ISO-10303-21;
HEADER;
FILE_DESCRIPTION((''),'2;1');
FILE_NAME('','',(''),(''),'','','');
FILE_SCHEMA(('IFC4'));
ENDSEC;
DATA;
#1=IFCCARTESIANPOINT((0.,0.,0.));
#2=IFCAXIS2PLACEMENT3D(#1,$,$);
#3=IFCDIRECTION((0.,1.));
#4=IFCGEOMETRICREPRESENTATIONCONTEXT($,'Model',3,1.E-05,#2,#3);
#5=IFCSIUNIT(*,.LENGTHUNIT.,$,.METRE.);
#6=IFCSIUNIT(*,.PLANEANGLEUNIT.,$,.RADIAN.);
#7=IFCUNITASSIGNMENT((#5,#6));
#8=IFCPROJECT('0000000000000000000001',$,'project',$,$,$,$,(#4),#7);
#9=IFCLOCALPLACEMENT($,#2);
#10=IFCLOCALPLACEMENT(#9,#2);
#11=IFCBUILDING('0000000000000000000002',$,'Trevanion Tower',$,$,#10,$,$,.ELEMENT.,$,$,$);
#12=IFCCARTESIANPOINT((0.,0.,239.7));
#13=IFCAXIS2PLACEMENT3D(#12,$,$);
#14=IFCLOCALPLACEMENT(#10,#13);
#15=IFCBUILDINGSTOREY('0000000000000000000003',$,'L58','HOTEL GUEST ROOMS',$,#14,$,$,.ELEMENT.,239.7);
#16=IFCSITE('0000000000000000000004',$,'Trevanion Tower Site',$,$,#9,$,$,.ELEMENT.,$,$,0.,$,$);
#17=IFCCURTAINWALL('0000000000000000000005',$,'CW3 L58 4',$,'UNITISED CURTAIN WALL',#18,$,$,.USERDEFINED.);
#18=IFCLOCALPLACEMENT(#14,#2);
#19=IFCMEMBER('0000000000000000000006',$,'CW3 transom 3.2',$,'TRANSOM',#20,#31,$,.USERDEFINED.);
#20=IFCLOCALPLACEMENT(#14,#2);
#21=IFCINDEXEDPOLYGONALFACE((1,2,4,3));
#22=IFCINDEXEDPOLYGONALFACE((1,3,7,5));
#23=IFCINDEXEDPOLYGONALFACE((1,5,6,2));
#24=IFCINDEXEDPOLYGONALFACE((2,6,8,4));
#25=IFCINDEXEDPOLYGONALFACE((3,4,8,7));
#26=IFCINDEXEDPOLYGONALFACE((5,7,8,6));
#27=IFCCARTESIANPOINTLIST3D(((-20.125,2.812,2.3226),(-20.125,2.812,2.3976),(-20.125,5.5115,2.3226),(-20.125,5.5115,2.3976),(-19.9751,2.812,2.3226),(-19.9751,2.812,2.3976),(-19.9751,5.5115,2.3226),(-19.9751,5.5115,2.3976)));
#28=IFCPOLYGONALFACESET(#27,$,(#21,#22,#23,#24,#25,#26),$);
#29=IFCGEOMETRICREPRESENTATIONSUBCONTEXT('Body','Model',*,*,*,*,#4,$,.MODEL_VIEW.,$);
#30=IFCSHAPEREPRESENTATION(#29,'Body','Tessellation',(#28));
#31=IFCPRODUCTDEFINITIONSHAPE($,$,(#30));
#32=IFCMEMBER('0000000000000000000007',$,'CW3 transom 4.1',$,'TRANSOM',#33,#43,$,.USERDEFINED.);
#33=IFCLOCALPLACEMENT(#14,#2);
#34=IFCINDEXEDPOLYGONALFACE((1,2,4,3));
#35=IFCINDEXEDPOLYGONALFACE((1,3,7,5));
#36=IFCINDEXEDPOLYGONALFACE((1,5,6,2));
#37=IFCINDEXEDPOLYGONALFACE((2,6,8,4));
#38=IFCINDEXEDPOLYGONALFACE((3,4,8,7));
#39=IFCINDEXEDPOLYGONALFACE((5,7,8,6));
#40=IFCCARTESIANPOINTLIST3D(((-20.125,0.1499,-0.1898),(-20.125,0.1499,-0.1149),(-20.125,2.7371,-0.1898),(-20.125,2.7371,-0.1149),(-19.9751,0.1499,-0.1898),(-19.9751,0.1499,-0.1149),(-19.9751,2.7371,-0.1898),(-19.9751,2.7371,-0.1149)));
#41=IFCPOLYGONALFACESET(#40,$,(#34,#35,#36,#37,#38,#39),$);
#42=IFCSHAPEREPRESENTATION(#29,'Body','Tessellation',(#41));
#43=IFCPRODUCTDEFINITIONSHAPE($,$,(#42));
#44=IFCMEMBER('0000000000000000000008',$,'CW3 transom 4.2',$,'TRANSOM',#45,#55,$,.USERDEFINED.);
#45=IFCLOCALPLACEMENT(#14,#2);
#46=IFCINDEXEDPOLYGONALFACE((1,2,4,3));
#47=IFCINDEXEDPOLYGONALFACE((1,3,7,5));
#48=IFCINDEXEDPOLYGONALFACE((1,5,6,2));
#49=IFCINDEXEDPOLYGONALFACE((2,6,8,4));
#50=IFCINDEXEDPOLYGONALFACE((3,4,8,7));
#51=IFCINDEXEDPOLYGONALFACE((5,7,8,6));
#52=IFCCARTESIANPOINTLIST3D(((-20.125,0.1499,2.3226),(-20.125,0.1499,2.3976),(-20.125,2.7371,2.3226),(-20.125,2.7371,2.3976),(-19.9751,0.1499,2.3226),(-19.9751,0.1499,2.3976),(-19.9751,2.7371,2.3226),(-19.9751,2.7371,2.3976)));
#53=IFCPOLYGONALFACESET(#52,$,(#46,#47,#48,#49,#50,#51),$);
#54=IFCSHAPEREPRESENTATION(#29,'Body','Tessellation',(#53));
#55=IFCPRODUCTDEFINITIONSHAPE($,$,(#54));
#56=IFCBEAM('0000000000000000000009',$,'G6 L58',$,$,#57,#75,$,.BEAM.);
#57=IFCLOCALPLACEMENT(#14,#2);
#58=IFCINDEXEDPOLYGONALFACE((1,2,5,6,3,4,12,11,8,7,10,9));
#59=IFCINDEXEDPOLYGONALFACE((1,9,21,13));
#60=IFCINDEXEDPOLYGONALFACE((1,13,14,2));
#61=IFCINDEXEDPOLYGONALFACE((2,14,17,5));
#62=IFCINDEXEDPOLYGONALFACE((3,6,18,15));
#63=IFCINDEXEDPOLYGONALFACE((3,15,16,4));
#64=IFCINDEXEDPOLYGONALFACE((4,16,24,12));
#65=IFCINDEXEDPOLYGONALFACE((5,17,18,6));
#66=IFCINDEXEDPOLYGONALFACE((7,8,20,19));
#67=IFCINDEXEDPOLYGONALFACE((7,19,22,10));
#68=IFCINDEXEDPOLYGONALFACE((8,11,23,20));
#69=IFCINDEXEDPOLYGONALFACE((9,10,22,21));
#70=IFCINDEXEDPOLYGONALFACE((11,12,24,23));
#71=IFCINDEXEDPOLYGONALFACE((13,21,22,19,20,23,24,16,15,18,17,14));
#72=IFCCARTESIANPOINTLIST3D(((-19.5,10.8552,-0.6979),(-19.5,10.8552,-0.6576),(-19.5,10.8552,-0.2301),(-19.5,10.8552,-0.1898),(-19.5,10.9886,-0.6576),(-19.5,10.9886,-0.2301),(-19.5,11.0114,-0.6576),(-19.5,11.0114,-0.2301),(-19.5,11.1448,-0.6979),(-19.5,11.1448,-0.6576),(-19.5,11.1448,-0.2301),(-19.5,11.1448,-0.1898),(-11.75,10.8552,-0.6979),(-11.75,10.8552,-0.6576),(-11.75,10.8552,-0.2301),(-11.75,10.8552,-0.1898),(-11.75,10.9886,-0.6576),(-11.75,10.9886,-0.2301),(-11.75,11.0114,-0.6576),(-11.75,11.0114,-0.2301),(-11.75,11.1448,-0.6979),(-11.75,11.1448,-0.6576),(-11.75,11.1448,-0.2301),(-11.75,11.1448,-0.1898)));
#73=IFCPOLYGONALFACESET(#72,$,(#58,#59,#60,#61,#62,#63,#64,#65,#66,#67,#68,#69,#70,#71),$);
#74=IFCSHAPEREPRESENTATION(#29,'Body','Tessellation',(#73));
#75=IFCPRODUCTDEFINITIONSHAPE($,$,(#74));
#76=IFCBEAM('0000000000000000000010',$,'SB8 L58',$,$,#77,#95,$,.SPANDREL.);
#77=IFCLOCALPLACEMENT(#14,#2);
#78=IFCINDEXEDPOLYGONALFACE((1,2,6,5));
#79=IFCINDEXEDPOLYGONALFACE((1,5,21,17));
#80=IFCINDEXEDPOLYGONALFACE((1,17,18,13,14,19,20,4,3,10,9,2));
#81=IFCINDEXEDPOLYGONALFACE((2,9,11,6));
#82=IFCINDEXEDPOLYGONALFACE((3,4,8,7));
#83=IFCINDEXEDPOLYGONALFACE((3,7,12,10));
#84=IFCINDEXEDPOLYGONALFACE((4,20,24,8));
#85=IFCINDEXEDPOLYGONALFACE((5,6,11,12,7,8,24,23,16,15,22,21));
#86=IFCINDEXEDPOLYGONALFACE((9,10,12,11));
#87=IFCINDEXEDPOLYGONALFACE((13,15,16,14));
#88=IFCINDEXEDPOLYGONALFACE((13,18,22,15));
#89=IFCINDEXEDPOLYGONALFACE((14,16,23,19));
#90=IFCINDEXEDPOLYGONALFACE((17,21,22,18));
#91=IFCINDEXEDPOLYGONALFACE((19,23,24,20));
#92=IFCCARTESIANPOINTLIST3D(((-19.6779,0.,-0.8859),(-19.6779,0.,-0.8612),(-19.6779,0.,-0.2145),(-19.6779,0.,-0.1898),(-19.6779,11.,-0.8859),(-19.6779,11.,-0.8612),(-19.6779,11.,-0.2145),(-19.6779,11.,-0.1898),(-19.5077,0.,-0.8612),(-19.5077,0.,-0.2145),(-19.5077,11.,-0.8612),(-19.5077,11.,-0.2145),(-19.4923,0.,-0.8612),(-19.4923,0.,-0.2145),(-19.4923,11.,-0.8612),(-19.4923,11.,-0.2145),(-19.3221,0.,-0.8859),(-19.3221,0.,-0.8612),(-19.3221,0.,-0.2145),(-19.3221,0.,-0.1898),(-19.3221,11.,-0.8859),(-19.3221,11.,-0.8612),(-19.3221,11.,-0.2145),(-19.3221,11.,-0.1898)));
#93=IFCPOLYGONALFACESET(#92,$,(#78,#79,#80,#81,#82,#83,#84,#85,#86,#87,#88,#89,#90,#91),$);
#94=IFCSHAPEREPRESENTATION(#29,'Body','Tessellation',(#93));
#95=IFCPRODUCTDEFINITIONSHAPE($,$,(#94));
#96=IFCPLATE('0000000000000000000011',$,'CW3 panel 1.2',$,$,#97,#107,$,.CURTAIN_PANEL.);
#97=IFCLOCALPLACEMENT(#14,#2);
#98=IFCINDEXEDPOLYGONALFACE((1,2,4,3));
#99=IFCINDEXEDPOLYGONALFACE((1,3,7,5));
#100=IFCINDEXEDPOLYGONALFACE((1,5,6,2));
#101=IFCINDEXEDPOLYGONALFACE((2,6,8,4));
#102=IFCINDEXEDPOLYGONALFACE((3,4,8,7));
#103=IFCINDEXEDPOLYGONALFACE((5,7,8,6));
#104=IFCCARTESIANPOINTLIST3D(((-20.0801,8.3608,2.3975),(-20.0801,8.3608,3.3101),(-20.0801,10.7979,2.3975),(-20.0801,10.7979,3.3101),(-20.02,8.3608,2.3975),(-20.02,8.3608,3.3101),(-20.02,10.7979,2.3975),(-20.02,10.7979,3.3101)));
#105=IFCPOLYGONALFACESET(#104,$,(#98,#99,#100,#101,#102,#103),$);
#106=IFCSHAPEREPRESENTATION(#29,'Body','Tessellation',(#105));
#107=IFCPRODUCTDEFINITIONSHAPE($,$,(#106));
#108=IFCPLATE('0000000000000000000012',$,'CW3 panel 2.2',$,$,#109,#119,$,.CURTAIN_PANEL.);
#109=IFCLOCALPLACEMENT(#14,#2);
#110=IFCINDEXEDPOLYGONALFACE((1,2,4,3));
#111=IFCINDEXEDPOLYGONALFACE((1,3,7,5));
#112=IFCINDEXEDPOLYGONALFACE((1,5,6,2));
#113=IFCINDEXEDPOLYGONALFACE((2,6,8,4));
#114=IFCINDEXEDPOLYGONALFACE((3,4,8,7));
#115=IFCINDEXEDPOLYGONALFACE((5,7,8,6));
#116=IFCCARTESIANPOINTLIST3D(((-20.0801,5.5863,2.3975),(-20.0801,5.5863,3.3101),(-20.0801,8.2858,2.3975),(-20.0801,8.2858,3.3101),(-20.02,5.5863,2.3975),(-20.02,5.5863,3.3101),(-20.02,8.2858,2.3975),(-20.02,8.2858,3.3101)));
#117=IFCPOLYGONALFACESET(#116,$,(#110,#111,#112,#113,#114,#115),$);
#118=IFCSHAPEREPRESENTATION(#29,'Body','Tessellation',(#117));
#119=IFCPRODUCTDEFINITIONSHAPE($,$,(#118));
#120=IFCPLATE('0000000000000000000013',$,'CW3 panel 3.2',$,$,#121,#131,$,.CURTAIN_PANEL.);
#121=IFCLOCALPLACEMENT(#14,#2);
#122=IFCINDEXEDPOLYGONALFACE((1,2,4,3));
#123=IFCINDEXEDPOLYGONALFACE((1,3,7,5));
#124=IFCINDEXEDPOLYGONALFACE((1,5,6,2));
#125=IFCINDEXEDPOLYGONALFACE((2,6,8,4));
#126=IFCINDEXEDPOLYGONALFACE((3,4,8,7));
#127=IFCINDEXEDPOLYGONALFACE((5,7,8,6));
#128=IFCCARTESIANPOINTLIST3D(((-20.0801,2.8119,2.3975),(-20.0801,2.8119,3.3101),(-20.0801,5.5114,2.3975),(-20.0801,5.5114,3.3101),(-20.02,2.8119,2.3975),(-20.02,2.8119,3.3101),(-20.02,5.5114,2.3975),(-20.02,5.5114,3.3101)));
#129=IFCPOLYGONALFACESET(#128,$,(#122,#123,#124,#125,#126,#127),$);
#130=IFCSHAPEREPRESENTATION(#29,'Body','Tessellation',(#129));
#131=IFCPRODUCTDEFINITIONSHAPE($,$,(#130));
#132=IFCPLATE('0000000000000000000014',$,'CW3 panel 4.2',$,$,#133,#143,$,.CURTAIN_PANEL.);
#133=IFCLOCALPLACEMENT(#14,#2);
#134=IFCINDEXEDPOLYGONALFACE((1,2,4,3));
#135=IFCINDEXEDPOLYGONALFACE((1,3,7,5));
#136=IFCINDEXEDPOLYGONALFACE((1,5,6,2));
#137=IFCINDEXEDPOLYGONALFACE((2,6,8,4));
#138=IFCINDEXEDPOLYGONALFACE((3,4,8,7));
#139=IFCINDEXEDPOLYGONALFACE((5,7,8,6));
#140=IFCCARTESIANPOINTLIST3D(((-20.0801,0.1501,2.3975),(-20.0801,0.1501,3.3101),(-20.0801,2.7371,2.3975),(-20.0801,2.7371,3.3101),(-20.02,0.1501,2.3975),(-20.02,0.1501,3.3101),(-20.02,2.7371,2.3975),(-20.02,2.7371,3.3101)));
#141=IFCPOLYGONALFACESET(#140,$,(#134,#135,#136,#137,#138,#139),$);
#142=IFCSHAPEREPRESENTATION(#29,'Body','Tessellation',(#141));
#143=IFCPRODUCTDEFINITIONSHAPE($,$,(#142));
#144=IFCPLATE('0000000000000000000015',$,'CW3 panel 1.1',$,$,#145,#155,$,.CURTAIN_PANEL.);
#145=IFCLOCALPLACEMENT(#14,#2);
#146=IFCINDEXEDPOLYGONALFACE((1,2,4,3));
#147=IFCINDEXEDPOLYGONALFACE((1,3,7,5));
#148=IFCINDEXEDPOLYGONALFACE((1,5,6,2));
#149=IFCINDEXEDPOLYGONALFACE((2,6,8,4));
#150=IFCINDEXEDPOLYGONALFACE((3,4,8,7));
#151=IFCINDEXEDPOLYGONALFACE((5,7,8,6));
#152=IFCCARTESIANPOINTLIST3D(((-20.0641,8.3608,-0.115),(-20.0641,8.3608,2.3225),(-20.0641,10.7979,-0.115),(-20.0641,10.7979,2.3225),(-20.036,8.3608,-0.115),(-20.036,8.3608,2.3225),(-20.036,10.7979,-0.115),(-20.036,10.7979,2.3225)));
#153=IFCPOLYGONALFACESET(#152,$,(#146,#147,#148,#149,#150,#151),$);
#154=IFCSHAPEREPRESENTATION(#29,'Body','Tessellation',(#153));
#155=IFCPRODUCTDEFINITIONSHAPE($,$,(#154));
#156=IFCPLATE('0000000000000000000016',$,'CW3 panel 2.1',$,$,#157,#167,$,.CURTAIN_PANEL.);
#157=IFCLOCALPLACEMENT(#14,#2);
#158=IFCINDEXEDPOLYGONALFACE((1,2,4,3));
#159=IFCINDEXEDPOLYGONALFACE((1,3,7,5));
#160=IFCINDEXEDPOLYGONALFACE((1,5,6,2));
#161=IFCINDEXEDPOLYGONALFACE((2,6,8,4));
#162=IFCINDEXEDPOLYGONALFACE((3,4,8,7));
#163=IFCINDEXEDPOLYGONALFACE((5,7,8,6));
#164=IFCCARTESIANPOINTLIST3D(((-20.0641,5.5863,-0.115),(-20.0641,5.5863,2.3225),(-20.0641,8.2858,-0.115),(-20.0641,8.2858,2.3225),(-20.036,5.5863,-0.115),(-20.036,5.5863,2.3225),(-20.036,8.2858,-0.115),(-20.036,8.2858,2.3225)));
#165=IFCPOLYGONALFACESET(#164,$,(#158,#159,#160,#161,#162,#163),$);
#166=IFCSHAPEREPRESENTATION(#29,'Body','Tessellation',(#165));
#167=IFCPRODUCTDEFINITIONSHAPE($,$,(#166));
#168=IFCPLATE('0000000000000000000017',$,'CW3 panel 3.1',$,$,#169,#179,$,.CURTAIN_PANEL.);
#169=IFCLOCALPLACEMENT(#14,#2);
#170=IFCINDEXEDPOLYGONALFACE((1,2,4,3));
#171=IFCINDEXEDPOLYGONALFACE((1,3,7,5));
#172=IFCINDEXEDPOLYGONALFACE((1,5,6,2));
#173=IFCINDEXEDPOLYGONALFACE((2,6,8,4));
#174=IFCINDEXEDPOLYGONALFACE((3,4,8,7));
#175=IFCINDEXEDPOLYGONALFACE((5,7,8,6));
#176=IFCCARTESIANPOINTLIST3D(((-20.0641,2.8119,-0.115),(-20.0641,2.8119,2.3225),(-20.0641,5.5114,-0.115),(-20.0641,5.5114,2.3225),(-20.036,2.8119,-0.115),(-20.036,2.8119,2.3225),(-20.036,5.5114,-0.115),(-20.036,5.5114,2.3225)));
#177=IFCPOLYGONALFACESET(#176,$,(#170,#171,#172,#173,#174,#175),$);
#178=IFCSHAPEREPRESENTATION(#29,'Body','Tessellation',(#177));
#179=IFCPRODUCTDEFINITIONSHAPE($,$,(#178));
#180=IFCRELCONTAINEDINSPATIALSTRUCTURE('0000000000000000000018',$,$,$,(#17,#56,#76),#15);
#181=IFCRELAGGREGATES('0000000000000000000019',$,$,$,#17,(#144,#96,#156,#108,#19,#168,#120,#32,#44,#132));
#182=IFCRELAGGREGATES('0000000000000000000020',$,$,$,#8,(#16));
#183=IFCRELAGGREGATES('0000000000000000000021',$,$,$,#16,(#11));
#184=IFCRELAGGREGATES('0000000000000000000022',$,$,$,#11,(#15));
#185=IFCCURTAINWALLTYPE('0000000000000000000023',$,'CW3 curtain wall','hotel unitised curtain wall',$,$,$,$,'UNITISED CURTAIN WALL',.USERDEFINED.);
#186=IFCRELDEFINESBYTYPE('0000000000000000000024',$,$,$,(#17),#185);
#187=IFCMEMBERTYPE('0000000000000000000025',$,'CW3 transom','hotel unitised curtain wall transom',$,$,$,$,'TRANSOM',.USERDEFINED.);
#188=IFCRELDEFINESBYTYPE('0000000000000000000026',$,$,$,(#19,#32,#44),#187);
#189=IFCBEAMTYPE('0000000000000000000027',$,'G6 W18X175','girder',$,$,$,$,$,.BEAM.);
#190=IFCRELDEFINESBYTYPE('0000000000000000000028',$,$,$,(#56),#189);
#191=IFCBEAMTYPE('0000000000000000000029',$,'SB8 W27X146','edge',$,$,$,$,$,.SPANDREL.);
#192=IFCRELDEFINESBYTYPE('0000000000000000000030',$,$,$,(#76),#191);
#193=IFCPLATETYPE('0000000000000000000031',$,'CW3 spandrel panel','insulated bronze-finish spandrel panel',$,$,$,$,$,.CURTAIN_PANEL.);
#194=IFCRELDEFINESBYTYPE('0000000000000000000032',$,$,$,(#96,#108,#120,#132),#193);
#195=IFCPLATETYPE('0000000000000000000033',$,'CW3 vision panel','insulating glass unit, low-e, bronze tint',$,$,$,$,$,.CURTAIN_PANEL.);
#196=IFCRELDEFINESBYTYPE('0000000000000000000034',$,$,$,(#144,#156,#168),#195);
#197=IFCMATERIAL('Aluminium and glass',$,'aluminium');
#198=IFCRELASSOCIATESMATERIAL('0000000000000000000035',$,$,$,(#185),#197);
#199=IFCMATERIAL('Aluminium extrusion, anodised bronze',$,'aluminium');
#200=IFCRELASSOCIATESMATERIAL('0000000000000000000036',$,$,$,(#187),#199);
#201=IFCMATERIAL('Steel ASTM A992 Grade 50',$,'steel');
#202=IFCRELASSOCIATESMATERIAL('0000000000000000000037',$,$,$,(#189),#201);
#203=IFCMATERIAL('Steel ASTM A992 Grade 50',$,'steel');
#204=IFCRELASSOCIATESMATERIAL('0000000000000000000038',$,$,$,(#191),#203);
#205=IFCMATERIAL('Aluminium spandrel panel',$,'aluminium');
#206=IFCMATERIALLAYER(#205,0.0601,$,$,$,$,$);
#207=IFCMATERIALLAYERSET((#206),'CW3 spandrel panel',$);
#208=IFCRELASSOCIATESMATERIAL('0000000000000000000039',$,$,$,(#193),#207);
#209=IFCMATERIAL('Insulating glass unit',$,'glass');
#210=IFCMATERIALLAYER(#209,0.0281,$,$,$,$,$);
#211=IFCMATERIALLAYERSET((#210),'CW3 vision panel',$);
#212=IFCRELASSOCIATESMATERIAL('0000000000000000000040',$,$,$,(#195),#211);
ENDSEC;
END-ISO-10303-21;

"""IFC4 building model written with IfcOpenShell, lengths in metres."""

from ifc_helpers import new_model, si_unit, direction, frame, origin, origin_2d, place, context, subcontext, project, spatial, rectangle, i_section, extrude, material, layer, layer_set, material_profile, profile_set, type_object, element, aggregate, save


model = new_model("IFC4")

# Units and contexts
model_context = context("Model", 3, precision=1e-05, world=origin(), true_north=direction((0.0, 1.0)))
body_context = subcontext(model_context, "Body", "Model", "MODEL_VIEW")
ifc_project = project(units=[si_unit("LENGTHUNIT", "METRE"), si_unit("PLANEANGLEUNIT", "RADIAN")], contexts=[model_context])

# Site, building, storey
site_placement = place(None, origin())
site = spatial("IfcSite", under=ifc_project, at=site_placement, Name="Trevanion Tower Site", CompositionType="ELEMENT", RefElevation=0.0)
building_placement = place(site_placement, origin())
building = spatial("IfcBuilding", under=site, at=building_placement, Name="Trevanion Tower", CompositionType="ELEMENT")
storey_placement = place(building_placement, frame((0.0, 0.0, 239.7)))
storey = spatial("IfcBuildingStorey", under=building, at=storey_placement, Name="L58", Description="HOTEL GUEST ROOMS", CompositionType="ELEMENT", Elevation=239.7)

# Curtain wall, members
ifc_material_1 = material(Name="Aluminium and glass", Category="aluminium")
curtain_wall_type = type_object("IfcCurtainWallType", Name="CW3 curtain wall", Description="hotel unitised curtain wall", ElementType="UNITISED CURTAIN WALL", PredefinedType="USERDEFINED", material=ifc_material_1)
curtain_wall_placement = place(storey_placement, origin())
curtain_wall = element("IfcCurtainWall", 1, at=curtain_wall_placement, inside=storey, type_object=curtain_wall_type, Name="CW3 L58 4", ObjectType="UNITISED CURTAIN WALL", PredefinedType="USERDEFINED")
ifc_material_2 = material(Name="Aluminium extrusion, anodised bronze", Category="aluminium")
ifc_material_profile_1 = material_profile(ifc_material_2, rectangle(XDim=0.1499, YDim=0.075, at=origin_2d()), Name="CW3 transom")
ifc_profile_set_1 = profile_set([ifc_material_profile_1], Name="Aluminium extrusion, anodised bronze")
member_type_1 = type_object("IfcMemberType", Name="CW3 transom", Description="hotel unitised curtain wall transom", ElementType="TRANSOM", PredefinedType="USERDEFINED", material=ifc_profile_set_1)
member_1_placement = place(storey_placement, frame((-20.05, 5.5115, 2.3601), z_axis=(0.0, -1.0, 0.0), x_axis=(1.0, 0.0, 0.0)))
member_1 = element("IfcMember", 2, at=member_1_placement, type_object=member_type_1, Name="CW3 transom 3.2", ObjectType="TRANSOM", PredefinedType="USERDEFINED", context=body_context, shape_type="SweptSolid", body=[
    extrude(rectangle(XDim=0.1499, YDim=0.075, at=origin_2d()), origin(), (0.0, 0.0, 1.0), 2.6995),
])
member_2_placement = place(storey_placement, frame((-20.05, 2.7371, -0.1523), z_axis=(0.0, -1.0, 0.0), x_axis=(1.0, 0.0, 0.0)))
member_2 = element("IfcMember", 3, at=member_2_placement, type_object=member_type_1, Name="CW3 transom 4.1", ObjectType="TRANSOM", PredefinedType="USERDEFINED", context=body_context, shape_type="SweptSolid", body=[
    extrude(rectangle(XDim=0.1499, YDim=0.075, at=origin_2d()), origin(), (0.0, 0.0, 1.0), 2.5872),
])
member_3_placement = place(storey_placement, frame((-20.05, 2.7371, 2.3601), z_axis=(0.0, -1.0, 0.0), x_axis=(1.0, 0.0, 0.0)))
member_3 = element("IfcMember", 4, at=member_3_placement, type_object=member_type_1, Name="CW3 transom 4.2", ObjectType="TRANSOM", PredefinedType="USERDEFINED", context=body_context, shape_type="SweptSolid", body=[
    extrude(rectangle(XDim=0.1499, YDim=0.075, at=origin_2d()), origin(), (0.0, 0.0, 1.0), 2.5872),
])

# Beams
ifc_material_3 = material(Name="Steel ASTM A992 Grade 50", Category="steel")
ifc_material_profile_2 = material_profile(ifc_material_3, i_section(OverallWidth=0.2896, OverallDepth=0.5081, WebThickness=0.0227, FlangeThickness=0.0403, at=origin_2d()), Name="W18X175")
ifc_profile_set_2 = profile_set([ifc_material_profile_2], Name="Steel ASTM A992 Grade 50")
beam_type_1 = type_object("IfcBeamType", Name="G6 W18X175", Description="girder", PredefinedType="BEAM", material=ifc_profile_set_2)
beam_1_placement = place(storey_placement, frame((-11.75, 11.0, -0.4438), z_axis=(-1.0, 0.0, 0.0), x_axis=(0.0, -1.0, 0.0)))
element("IfcBeam", 5, at=beam_1_placement, inside=storey, type_object=beam_type_1, Name="G6 L58", PredefinedType="BEAM", context=body_context, shape_type="SweptSolid", body=[
    extrude(i_section(OverallWidth=0.2896, OverallDepth=0.5081, WebThickness=0.0227, FlangeThickness=0.0403, at=origin_2d()), origin(), (0.0, 0.0, 1.0), 7.75),
])
ifc_material_4 = material(Name="Steel ASTM A992 Grade 50", Category="steel")
ifc_material_profile_3 = material_profile(ifc_material_4, i_section(OverallWidth=0.3557, OverallDepth=0.696, WebThickness=0.0154, FlangeThickness=0.0247, at=origin_2d()), Name="W27X146")
ifc_profile_set_3 = profile_set([ifc_material_profile_3], Name="Steel ASTM A992 Grade 50")
beam_type_2 = type_object("IfcBeamType", Name="SB8 W27X146", Description="edge", PredefinedType="SPANDREL", material=ifc_profile_set_3)
beam_2_placement = place(storey_placement, frame((-19.5, 11.0, -0.5378), z_axis=(0.0, -1.0, 0.0), x_axis=(1.0, 0.0, 0.0)))
element("IfcBeam", 6, at=beam_2_placement, inside=storey, type_object=beam_type_2, Name="SB8 L58", PredefinedType="SPANDREL", context=body_context, shape_type="SweptSolid", body=[
    extrude(i_section(OverallWidth=0.3557, OverallDepth=0.696, WebThickness=0.0154, FlangeThickness=0.0247, at=origin_2d()), origin(), (0.0, 0.0, 1.0), 11.0),
])

# Plates
ifc_material_5 = material(Name="Aluminium spandrel panel", Category="aluminium")
ifc_layer_1 = layer(ifc_material_5, 0.0601)
ifc_layer_set_1 = layer_set([ifc_layer_1], Name="CW3 spandrel panel")
plate_type_1 = type_object("IfcPlateType", Name="CW3 spandrel panel", Description="insulated bronze-finish spandrel panel", PredefinedType="CURTAIN_PANEL", material=ifc_layer_set_1)
plate_1_placement = place(storey_placement, frame((-20.05, 9.5793, 2.3975), z_axis=(0.0, 0.0, 1.0), x_axis=(0.0, -1.0, 0.0)))
plate_1 = element("IfcPlate", 7, at=plate_1_placement, type_object=plate_type_1, Name="CW3 panel 1.2", PredefinedType="CURTAIN_PANEL", context=body_context, shape_type="SweptSolid", body=[
    extrude(rectangle(XDim=2.437, YDim=0.0601, at=origin_2d()), origin(), (0.0, 0.0, 1.0), 0.9126),
])
plate_2_placement = place(storey_placement, frame((-20.05, 6.936, 2.3975), z_axis=(0.0, 0.0, 1.0), x_axis=(0.0, -1.0, 0.0)))
plate_2 = element("IfcPlate", 8, at=plate_2_placement, type_object=plate_type_1, Name="CW3 panel 2.2", PredefinedType="CURTAIN_PANEL", context=body_context, shape_type="SweptSolid", body=[
    extrude(rectangle(XDim=2.6995, YDim=0.0601, at=origin_2d()), origin(), (0.0, 0.0, 1.0), 0.9126),
])
plate_3_placement = place(storey_placement, frame((-20.05, 4.1616, 2.3975), z_axis=(0.0, 0.0, 1.0), x_axis=(0.0, -1.0, 0.0)))
plate_3 = element("IfcPlate", 9, at=plate_3_placement, type_object=plate_type_1, Name="CW3 panel 3.2", PredefinedType="CURTAIN_PANEL", context=body_context, shape_type="SweptSolid", body=[
    extrude(rectangle(XDim=2.6995, YDim=0.0601, at=origin_2d()), origin(), (0.0, 0.0, 1.0), 0.9126),
])
plate_4_placement = place(storey_placement, frame((-20.05, 1.4436, 2.3975), z_axis=(0.0, 0.0, 1.0), x_axis=(0.0, -1.0, 0.0)))
plate_4 = element("IfcPlate", 10, at=plate_4_placement, type_object=plate_type_1, Name="CW3 panel 4.2", PredefinedType="CURTAIN_PANEL", context=body_context, shape_type="SweptSolid", body=[
    extrude(rectangle(XDim=2.5869, YDim=0.0601, at=origin_2d()), origin(), (0.0, 0.0, 1.0), 0.9126),
])
ifc_material_6 = material(Name="Insulating glass unit", Category="glass")
ifc_layer_2 = layer(ifc_material_6, 0.0281)
ifc_layer_set_2 = layer_set([ifc_layer_2], Name="CW3 vision panel")
plate_type_2 = type_object("IfcPlateType", Name="CW3 vision panel", Description="insulating glass unit, low-e, bronze tint", PredefinedType="CURTAIN_PANEL", material=ifc_layer_set_2)
plate_5_placement = place(storey_placement, frame((-20.05, 9.5793, -0.115), z_axis=(0.0, 0.0, 1.0), x_axis=(0.0, -1.0, 0.0)))
plate_5 = element("IfcPlate", 11, at=plate_5_placement, type_object=plate_type_2, Name="CW3 panel 1.1", PredefinedType="CURTAIN_PANEL", context=body_context, shape_type="SweptSolid", body=[
    extrude(rectangle(XDim=2.437, YDim=0.0281, at=origin_2d()), origin(), (0.0, 0.0, 1.0), 2.4375),
])
plate_6_placement = place(storey_placement, frame((-20.05, 6.936, -0.115), z_axis=(0.0, 0.0, 1.0), x_axis=(0.0, -1.0, 0.0)))
plate_6 = element("IfcPlate", 12, at=plate_6_placement, type_object=plate_type_2, Name="CW3 panel 2.1", PredefinedType="CURTAIN_PANEL", context=body_context, shape_type="SweptSolid", body=[
    extrude(rectangle(XDim=2.6995, YDim=0.0281, at=origin_2d()), origin(), (0.0, 0.0, 1.0), 2.4375),
])
plate_7_placement = place(storey_placement, frame((-20.05, 4.1616, -0.115), z_axis=(0.0, 0.0, 1.0), x_axis=(0.0, -1.0, 0.0)))
plate_7 = element("IfcPlate", 13, at=plate_7_placement, type_object=plate_type_2, Name="CW3 panel 3.1", PredefinedType="CURTAIN_PANEL", context=body_context, shape_type="SweptSolid", body=[
    extrude(rectangle(XDim=2.6995, YDim=0.0281, at=origin_2d()), origin(), (0.0, 0.0, 1.0), 2.4375),
])
aggregate(curtain_wall, [plate_5, plate_1, plate_6, plate_2, member_1, plate_7, plate_3, member_2, member_3, plate_4])

save(model, "model.ifc")
